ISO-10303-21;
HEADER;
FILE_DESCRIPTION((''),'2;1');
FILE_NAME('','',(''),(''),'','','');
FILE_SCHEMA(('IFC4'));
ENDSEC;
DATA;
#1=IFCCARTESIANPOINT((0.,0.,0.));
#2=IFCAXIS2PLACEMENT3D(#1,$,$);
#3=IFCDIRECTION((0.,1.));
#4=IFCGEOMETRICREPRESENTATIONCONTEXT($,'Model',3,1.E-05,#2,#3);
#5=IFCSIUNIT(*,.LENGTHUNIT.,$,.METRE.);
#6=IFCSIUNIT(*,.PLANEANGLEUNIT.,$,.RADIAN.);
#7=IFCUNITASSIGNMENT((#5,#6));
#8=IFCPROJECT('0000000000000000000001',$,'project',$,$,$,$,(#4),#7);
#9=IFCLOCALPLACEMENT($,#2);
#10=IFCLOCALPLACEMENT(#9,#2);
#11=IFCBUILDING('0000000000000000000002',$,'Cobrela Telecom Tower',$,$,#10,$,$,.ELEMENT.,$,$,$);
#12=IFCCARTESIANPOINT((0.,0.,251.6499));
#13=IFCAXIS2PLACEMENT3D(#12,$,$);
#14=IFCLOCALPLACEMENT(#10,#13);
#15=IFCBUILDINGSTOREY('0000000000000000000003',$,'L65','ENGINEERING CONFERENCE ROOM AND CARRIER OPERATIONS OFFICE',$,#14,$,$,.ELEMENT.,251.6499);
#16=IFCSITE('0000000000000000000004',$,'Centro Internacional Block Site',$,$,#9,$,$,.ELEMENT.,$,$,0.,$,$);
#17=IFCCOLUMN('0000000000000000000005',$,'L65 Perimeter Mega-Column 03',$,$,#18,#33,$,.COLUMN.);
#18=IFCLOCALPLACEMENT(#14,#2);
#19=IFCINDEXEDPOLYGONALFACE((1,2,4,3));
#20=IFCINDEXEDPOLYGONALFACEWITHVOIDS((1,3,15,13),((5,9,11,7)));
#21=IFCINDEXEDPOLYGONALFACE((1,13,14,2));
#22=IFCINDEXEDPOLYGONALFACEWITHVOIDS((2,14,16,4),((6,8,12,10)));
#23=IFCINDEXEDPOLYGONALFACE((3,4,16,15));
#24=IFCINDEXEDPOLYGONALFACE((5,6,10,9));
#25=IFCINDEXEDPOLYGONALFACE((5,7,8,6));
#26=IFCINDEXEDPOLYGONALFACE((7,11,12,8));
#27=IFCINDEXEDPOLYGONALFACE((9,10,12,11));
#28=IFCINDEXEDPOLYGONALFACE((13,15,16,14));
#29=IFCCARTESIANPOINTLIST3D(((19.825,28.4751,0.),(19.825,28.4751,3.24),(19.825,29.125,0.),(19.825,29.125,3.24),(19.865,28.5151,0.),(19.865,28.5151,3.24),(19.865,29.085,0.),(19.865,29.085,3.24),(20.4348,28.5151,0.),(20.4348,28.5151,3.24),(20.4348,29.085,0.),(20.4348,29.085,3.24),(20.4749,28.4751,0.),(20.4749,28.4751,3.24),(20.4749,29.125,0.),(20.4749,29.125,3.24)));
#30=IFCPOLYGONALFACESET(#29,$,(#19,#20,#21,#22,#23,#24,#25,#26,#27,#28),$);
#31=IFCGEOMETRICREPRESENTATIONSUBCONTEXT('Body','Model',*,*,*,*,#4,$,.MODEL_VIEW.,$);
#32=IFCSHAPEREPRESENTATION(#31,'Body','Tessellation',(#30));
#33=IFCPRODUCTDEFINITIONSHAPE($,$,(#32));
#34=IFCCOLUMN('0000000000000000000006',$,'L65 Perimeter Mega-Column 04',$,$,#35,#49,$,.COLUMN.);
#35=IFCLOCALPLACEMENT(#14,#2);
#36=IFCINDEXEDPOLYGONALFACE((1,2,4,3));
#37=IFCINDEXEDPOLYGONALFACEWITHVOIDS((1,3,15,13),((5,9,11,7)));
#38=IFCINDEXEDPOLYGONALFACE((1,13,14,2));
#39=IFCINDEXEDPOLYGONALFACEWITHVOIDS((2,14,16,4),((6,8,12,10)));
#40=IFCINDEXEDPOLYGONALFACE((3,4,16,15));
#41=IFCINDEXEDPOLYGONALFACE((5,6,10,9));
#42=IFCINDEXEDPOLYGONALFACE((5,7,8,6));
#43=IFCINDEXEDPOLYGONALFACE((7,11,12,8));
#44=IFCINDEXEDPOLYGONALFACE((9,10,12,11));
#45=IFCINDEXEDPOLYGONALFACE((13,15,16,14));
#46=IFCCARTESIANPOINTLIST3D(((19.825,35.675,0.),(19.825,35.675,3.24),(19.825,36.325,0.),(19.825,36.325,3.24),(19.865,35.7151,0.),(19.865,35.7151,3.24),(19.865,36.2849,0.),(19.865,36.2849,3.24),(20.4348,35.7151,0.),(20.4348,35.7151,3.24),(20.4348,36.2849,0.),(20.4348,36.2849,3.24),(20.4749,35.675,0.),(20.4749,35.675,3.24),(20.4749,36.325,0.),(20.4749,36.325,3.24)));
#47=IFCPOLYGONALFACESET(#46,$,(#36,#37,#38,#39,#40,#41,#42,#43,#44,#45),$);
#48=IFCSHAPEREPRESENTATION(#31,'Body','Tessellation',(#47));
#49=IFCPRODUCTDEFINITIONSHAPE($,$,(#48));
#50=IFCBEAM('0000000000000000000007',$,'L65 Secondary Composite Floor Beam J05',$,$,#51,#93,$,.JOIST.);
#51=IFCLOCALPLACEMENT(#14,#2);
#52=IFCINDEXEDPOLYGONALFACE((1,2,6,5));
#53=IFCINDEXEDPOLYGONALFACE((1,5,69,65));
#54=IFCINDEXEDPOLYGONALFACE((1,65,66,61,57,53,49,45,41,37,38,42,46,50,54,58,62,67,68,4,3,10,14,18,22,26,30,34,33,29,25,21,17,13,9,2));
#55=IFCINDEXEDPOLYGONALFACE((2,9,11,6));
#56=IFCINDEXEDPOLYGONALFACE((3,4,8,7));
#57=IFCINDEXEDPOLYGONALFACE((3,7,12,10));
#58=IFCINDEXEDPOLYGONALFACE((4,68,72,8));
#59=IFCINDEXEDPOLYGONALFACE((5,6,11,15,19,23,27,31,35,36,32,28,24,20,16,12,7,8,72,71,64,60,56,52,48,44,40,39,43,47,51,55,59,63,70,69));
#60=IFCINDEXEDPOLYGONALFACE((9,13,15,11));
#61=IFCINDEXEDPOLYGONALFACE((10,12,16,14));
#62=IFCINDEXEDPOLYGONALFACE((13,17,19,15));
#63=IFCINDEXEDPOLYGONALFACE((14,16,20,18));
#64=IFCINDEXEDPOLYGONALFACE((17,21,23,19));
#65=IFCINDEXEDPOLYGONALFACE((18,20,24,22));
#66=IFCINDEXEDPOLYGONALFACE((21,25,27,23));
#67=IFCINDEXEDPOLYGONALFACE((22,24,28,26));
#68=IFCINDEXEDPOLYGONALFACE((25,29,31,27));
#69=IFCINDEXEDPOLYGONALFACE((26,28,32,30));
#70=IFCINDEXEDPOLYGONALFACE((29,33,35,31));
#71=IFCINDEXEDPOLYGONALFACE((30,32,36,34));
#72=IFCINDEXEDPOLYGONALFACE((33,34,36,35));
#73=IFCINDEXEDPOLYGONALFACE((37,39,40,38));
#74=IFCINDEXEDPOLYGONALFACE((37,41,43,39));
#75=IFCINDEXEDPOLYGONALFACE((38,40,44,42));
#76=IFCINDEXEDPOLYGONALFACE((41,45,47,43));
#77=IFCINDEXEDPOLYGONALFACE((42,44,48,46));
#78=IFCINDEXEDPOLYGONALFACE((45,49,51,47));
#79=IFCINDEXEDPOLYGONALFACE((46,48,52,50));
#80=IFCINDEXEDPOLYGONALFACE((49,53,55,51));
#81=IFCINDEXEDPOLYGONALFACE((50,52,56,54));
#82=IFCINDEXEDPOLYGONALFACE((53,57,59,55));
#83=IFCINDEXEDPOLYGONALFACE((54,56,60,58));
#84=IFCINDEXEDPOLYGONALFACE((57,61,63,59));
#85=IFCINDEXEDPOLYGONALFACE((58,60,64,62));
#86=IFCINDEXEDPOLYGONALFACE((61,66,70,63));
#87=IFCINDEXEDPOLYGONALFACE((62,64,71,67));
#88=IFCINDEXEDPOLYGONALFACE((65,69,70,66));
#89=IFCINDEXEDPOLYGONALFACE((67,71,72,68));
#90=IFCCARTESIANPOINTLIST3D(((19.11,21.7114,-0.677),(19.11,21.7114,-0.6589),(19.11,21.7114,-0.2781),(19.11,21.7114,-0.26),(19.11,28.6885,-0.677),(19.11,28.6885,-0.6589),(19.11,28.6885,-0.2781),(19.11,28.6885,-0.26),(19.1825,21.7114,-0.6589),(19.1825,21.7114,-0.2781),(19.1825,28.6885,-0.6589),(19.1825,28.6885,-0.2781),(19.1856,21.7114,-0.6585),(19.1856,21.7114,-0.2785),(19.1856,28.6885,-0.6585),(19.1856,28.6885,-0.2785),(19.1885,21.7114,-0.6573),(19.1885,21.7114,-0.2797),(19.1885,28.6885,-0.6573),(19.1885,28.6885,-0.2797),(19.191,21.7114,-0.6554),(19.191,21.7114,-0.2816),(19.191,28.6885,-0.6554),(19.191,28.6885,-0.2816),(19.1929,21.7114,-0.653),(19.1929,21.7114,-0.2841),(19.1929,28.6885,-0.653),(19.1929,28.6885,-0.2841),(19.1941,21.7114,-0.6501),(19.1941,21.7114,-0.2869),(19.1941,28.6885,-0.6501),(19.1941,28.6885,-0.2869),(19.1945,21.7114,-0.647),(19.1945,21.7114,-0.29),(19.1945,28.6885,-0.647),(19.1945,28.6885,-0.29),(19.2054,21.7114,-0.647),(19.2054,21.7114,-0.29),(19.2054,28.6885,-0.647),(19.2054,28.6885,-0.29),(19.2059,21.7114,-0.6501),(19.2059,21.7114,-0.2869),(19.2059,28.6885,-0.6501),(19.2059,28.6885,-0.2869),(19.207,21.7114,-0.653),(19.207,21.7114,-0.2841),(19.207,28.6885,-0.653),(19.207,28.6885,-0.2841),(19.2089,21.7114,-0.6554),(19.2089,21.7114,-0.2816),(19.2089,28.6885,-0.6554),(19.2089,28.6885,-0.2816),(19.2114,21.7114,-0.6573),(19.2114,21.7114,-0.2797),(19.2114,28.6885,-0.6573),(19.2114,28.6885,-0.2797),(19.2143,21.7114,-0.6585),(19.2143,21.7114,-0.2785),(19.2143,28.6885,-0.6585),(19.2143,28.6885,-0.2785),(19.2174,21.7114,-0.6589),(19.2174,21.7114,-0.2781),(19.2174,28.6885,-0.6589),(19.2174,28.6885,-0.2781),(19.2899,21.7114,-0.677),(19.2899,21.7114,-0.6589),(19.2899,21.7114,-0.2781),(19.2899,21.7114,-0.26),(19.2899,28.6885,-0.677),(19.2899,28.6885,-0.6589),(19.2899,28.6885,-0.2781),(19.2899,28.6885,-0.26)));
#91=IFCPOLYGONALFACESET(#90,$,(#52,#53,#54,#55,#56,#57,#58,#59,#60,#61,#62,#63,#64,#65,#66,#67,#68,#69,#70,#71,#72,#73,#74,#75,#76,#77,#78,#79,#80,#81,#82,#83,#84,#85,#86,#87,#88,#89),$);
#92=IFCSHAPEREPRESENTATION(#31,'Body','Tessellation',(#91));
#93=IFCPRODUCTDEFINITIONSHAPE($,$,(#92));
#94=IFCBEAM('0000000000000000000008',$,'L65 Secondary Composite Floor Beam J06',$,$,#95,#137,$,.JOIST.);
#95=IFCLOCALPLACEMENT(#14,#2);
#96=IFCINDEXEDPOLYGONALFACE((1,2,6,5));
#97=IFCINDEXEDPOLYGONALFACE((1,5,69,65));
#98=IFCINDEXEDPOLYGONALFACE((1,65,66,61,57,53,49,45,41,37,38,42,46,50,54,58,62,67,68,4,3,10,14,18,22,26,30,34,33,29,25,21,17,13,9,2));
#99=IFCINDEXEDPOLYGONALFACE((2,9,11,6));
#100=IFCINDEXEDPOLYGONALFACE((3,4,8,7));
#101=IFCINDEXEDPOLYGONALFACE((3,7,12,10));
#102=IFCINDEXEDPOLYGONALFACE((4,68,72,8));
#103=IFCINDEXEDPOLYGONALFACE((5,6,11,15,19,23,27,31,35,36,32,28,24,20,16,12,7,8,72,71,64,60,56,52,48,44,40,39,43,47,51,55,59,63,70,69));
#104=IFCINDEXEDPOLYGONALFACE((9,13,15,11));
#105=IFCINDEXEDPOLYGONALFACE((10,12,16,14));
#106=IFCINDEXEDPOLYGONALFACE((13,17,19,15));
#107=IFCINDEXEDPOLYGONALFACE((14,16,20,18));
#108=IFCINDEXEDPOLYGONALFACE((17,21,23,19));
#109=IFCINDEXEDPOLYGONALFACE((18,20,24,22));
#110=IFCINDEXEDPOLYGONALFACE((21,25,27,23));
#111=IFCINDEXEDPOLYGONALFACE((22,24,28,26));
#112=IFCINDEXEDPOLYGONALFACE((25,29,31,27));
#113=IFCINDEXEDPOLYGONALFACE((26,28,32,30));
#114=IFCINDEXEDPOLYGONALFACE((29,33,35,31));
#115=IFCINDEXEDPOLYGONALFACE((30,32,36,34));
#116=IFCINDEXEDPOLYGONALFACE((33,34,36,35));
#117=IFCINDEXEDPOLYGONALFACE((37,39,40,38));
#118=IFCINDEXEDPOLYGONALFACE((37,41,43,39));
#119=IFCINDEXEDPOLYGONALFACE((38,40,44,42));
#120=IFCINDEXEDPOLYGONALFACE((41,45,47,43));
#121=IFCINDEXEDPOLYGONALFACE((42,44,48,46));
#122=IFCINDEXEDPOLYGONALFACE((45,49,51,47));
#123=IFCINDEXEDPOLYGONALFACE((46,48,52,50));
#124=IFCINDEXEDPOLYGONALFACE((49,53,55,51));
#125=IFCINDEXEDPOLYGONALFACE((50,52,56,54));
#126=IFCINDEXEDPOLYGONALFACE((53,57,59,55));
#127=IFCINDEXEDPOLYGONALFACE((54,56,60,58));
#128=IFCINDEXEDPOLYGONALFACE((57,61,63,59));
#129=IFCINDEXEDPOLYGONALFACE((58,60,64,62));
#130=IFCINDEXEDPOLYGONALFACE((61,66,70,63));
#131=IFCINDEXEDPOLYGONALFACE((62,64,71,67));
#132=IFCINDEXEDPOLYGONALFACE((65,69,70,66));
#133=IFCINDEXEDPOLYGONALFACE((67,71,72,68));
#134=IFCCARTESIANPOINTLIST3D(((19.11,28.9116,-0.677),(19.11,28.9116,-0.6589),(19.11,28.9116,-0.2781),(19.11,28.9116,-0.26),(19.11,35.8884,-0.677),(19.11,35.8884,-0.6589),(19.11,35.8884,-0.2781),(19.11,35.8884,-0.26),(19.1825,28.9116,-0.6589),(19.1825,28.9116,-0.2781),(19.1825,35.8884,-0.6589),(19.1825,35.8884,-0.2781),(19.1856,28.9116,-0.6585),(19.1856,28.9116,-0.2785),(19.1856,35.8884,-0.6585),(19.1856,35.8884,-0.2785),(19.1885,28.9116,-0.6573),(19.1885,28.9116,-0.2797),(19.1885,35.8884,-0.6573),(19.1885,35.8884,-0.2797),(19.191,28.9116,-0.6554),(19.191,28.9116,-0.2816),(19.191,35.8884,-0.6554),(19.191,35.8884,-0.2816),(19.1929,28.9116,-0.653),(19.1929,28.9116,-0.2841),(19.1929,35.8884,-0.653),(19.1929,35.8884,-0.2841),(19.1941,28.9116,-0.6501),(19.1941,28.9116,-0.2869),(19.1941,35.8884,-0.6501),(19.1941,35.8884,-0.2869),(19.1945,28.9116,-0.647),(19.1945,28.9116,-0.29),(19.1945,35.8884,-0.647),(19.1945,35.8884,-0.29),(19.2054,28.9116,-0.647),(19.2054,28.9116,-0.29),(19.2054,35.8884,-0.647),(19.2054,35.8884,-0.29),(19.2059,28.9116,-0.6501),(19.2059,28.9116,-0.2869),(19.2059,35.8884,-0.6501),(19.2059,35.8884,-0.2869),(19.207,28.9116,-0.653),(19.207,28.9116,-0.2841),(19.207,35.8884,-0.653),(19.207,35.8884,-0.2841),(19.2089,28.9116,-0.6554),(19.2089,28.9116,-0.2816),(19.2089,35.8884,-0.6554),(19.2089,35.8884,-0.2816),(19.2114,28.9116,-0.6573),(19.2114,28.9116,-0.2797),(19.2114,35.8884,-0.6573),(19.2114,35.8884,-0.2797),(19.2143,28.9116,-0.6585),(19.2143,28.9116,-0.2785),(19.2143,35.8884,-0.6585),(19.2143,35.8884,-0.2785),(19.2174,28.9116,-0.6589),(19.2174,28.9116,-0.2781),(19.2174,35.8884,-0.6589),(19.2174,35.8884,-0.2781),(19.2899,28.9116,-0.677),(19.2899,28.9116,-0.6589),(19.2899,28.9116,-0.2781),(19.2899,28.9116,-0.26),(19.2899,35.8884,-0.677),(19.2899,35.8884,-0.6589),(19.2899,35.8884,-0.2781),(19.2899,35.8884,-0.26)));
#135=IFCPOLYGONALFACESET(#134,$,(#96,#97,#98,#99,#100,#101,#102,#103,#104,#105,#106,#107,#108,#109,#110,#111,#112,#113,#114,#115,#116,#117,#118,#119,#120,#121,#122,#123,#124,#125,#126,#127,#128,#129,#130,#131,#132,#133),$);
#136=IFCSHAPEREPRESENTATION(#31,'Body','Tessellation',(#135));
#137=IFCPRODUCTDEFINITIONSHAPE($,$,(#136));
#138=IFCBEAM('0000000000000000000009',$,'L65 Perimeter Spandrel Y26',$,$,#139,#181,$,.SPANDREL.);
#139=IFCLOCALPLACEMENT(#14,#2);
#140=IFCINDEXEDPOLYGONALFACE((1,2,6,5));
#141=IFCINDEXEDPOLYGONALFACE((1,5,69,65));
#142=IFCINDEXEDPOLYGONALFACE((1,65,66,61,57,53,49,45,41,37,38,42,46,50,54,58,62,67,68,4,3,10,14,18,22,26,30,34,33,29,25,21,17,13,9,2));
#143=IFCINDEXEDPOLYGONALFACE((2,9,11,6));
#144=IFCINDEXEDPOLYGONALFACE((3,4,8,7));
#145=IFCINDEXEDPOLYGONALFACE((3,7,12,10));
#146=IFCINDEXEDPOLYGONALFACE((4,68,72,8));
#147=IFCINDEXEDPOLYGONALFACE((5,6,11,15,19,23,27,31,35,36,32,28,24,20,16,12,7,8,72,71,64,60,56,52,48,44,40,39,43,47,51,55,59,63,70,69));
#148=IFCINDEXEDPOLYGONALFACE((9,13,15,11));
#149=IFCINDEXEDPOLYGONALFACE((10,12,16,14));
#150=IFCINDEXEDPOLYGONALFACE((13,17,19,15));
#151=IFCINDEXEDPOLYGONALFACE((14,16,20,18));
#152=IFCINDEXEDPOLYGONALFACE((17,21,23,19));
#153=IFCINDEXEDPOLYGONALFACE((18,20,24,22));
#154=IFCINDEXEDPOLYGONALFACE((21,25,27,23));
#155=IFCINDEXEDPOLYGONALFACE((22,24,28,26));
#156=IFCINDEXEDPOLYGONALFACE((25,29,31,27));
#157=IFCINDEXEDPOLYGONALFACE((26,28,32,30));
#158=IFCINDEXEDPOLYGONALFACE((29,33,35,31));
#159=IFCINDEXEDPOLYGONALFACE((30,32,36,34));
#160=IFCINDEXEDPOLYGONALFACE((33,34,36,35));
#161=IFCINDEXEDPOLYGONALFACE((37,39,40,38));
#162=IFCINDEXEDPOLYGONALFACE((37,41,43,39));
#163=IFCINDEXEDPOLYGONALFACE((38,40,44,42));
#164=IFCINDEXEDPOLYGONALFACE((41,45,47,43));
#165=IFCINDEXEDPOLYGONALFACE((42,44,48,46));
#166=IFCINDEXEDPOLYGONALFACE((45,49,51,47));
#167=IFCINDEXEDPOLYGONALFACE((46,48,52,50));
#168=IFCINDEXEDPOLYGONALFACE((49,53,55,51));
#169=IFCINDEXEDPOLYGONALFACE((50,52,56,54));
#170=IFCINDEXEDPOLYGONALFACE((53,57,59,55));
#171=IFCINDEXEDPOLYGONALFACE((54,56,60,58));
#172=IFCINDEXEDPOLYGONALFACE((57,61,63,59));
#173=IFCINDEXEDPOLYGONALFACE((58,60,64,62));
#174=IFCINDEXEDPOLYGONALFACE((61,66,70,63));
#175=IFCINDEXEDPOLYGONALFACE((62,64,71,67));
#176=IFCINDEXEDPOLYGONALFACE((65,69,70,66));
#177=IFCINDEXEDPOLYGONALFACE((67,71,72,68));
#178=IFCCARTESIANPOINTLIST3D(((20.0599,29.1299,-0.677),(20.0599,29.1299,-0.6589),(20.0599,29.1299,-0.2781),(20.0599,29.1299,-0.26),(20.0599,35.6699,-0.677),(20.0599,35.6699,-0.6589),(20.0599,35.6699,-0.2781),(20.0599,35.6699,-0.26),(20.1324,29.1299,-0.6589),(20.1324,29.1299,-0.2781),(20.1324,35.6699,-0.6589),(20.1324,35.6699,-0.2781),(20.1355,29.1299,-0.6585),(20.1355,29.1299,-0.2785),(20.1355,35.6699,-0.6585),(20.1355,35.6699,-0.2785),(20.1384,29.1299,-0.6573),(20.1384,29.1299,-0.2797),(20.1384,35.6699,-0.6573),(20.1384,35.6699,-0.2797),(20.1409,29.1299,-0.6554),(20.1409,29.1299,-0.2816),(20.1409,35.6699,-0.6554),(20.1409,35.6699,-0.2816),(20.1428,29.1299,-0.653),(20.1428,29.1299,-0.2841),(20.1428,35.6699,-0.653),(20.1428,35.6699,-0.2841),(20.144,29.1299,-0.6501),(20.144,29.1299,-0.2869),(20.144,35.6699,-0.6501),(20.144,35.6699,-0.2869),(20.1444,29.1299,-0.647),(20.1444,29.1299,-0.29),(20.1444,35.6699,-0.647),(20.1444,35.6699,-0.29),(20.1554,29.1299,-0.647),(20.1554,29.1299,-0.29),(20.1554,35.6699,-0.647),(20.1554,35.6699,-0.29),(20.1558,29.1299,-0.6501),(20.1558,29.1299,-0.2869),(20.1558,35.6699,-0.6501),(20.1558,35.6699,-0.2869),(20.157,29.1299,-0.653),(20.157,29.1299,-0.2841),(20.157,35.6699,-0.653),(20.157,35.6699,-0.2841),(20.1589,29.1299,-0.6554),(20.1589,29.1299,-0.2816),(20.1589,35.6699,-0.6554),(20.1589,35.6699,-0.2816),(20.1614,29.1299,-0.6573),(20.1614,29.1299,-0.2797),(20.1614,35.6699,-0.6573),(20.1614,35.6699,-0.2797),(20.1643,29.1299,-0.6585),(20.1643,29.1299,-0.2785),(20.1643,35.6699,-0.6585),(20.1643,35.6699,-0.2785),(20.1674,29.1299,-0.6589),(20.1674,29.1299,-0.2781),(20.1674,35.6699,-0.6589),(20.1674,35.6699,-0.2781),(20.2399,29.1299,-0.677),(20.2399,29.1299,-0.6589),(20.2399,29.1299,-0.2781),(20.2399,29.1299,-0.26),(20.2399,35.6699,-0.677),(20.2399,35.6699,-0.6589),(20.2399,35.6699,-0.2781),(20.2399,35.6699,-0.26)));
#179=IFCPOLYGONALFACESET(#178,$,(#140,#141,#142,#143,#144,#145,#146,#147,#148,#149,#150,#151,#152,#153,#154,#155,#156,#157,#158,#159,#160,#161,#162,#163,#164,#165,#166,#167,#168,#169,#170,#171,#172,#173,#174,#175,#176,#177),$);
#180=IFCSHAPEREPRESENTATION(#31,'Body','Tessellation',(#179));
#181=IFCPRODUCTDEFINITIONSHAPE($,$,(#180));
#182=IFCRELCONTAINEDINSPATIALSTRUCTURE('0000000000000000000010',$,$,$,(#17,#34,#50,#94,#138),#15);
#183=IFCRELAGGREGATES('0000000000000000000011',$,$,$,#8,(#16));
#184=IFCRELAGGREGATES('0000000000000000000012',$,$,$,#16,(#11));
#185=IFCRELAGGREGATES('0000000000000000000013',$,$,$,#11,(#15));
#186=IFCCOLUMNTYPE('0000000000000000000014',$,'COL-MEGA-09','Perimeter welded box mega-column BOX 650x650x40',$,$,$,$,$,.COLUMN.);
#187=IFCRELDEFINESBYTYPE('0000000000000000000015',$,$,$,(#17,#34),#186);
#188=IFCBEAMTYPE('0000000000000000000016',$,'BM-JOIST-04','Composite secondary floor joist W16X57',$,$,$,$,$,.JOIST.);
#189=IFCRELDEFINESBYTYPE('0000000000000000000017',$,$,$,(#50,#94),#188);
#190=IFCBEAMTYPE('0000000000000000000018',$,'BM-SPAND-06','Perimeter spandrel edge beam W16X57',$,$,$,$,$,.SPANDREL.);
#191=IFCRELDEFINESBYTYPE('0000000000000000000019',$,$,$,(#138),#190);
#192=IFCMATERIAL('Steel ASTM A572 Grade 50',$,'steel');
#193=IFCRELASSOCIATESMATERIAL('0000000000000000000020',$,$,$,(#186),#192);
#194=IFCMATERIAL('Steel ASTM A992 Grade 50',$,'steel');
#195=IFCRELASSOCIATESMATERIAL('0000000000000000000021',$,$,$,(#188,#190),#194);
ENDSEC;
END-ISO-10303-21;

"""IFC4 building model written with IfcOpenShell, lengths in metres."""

from ifc_helpers import new_model, si_unit, direction, frame, origin, origin_2d, place, context, subcontext, project, spatial, hollow_rectangle, i_section, extrude, material, material_profile, profile_set, type_object, element, save


model = new_model("IFC4")

# Units and contexts
model_context = context("Model", 3, precision=1e-05, world=origin(), true_north=direction((0.0, 1.0)))
body_context = subcontext(model_context, "Body", "Model", "MODEL_VIEW")
ifc_project = project(units=[si_unit("LENGTHUNIT", "METRE"), si_unit("PLANEANGLEUNIT", "RADIAN")], contexts=[model_context])

# Site, building, storey
site_placement = place(None, origin())
site = spatial("IfcSite", under=ifc_project, at=site_placement, Name="Centro Internacional Block Site", CompositionType="ELEMENT", RefElevation=0.0)
building_placement = place(site_placement, origin())
building = spatial("IfcBuilding", under=site, at=building_placement, Name="Cobrela Telecom Tower", CompositionType="ELEMENT")
storey_placement = place(building_placement, frame((0.0, 0.0, 251.6499)))
storey = spatial("IfcBuildingStorey", under=building, at=storey_placement, Name="L65", Description="ENGINEERING CONFERENCE ROOM AND CARRIER OPERATIONS OFFICE", CompositionType="ELEMENT", Elevation=251.6499)

# Columns
ifc_material_1 = material(Name="Steel ASTM A572 Grade 50", Category="steel")
ifc_material_profile_1 = material_profile(ifc_material_1, hollow_rectangle(XDim=0.6499, YDim=0.6499, WallThickness=0.04, at=origin_2d()), Name="BOX 650x650x40")
ifc_profile_set_1 = profile_set([ifc_material_profile_1], Name="Steel ASTM A572 Grade 50")
column_type = type_object("IfcColumnType", Name="COL-MEGA-09", Description="Perimeter welded box mega-column BOX 650x650x40", PredefinedType="COLUMN", material=ifc_profile_set_1)
for number, where, z_axis, x_axis, name in (
    (1, (20.1499, 28.8, 0.0), (0.0, 0.0, 1.0), (1.0, 0.0, 0.0), "L65 Perimeter Mega-Column 03"),
    (2, (20.1499, 36.0, 0.0), (0.0, 0.0, 1.0), (1.0, 0.0, 0.0), "L65 Perimeter Mega-Column 04"),
):
    element("IfcColumn", number, at=place(storey_placement, frame(where, z_axis=z_axis, x_axis=x_axis)), inside=storey, type_object=column_type, Name=name, PredefinedType="COLUMN", context=body_context, shape_type="SweptSolid", body=[
        extrude(hollow_rectangle(XDim=0.6499, YDim=0.6499, WallThickness=0.04, at=origin_2d()), origin(), (0.0, 0.0, 1.0), 3.24),
    ])

# Beams
ifc_material_2 = material(Name="Steel ASTM A992 Grade 50", Category="steel")
ifc_material_profile_2 = material_profile(ifc_material_2, i_section(OverallWidth=0.1799, OverallDepth=0.417, WebThickness=0.011, FlangeThickness=0.0181, FilletRadius=0.012, at=origin_2d()), Name="W16X57")
ifc_profile_set_2 = profile_set([ifc_material_profile_2], Name="Steel ASTM A992 Grade 50")
beam_type_1 = type_object("IfcBeamType", Name="BM-JOIST-04", Description="Composite secondary floor joist W16X57", PredefinedType="JOIST", material=ifc_profile_set_2)
beam_1_placement = place(storey_placement, frame((19.2, 21.7114, -0.4685), z_axis=(0.0, 1.0, 0.0), x_axis=(-1.0, 0.0, 0.0)))
element("IfcBeam", 3, at=beam_1_placement, inside=storey, type_object=beam_type_1, Name="L65 Secondary Composite Floor Beam J05", PredefinedType="JOIST", context=body_context, shape_type="SweptSolid", body=[
    extrude(i_section(OverallWidth=0.1799, OverallDepth=0.417, WebThickness=0.011, FlangeThickness=0.0181, FilletRadius=0.012, at=origin_2d()), origin(), (0.0, 0.0, 1.0), 6.9771),
])
beam_2_placement = place(storey_placement, frame((19.2, 28.9116, -0.4685), z_axis=(0.0, 1.0, 0.0), x_axis=(-1.0, 0.0, 0.0)))
element("IfcBeam", 4, at=beam_2_placement, inside=storey, type_object=beam_type_1, Name="L65 Secondary Composite Floor Beam J06", PredefinedType="JOIST", context=body_context, shape_type="SweptSolid", body=[
    extrude(i_section(OverallWidth=0.1799, OverallDepth=0.417, WebThickness=0.011, FlangeThickness=0.0181, FilletRadius=0.012, at=origin_2d()), origin(), (0.0, 0.0, 1.0), 6.9768),
])
ifc_material_profile_3 = material_profile(ifc_material_2, i_section(OverallWidth=0.1799, OverallDepth=0.417, WebThickness=0.011, FlangeThickness=0.0181, FilletRadius=0.012, at=origin_2d()), Name="W16X57")
ifc_profile_set_3 = profile_set([ifc_material_profile_3], Name="Steel ASTM A992 Grade 50")
beam_type_2 = type_object("IfcBeamType", Name="BM-SPAND-06", Description="Perimeter spandrel edge beam W16X57", PredefinedType="SPANDREL", material=ifc_profile_set_3)
beam_3_placement = place(storey_placement, frame((20.1499, 29.1299, -0.4685), z_axis=(0.0, 1.0, 0.0), x_axis=(-1.0, 0.0, 0.0)))
element("IfcBeam", 5, at=beam_3_placement, inside=storey, type_object=beam_type_2, Name="L65 Perimeter Spandrel Y26", PredefinedType="SPANDREL", context=body_context, shape_type="SweptSolid", body=[
    extrude(i_section(OverallWidth=0.1799, OverallDepth=0.417, WebThickness=0.011, FlangeThickness=0.0181, FilletRadius=0.012, at=origin_2d()), origin(), (0.0, 0.0, 1.0), 6.54),
])

save(model, "model.ifc")
